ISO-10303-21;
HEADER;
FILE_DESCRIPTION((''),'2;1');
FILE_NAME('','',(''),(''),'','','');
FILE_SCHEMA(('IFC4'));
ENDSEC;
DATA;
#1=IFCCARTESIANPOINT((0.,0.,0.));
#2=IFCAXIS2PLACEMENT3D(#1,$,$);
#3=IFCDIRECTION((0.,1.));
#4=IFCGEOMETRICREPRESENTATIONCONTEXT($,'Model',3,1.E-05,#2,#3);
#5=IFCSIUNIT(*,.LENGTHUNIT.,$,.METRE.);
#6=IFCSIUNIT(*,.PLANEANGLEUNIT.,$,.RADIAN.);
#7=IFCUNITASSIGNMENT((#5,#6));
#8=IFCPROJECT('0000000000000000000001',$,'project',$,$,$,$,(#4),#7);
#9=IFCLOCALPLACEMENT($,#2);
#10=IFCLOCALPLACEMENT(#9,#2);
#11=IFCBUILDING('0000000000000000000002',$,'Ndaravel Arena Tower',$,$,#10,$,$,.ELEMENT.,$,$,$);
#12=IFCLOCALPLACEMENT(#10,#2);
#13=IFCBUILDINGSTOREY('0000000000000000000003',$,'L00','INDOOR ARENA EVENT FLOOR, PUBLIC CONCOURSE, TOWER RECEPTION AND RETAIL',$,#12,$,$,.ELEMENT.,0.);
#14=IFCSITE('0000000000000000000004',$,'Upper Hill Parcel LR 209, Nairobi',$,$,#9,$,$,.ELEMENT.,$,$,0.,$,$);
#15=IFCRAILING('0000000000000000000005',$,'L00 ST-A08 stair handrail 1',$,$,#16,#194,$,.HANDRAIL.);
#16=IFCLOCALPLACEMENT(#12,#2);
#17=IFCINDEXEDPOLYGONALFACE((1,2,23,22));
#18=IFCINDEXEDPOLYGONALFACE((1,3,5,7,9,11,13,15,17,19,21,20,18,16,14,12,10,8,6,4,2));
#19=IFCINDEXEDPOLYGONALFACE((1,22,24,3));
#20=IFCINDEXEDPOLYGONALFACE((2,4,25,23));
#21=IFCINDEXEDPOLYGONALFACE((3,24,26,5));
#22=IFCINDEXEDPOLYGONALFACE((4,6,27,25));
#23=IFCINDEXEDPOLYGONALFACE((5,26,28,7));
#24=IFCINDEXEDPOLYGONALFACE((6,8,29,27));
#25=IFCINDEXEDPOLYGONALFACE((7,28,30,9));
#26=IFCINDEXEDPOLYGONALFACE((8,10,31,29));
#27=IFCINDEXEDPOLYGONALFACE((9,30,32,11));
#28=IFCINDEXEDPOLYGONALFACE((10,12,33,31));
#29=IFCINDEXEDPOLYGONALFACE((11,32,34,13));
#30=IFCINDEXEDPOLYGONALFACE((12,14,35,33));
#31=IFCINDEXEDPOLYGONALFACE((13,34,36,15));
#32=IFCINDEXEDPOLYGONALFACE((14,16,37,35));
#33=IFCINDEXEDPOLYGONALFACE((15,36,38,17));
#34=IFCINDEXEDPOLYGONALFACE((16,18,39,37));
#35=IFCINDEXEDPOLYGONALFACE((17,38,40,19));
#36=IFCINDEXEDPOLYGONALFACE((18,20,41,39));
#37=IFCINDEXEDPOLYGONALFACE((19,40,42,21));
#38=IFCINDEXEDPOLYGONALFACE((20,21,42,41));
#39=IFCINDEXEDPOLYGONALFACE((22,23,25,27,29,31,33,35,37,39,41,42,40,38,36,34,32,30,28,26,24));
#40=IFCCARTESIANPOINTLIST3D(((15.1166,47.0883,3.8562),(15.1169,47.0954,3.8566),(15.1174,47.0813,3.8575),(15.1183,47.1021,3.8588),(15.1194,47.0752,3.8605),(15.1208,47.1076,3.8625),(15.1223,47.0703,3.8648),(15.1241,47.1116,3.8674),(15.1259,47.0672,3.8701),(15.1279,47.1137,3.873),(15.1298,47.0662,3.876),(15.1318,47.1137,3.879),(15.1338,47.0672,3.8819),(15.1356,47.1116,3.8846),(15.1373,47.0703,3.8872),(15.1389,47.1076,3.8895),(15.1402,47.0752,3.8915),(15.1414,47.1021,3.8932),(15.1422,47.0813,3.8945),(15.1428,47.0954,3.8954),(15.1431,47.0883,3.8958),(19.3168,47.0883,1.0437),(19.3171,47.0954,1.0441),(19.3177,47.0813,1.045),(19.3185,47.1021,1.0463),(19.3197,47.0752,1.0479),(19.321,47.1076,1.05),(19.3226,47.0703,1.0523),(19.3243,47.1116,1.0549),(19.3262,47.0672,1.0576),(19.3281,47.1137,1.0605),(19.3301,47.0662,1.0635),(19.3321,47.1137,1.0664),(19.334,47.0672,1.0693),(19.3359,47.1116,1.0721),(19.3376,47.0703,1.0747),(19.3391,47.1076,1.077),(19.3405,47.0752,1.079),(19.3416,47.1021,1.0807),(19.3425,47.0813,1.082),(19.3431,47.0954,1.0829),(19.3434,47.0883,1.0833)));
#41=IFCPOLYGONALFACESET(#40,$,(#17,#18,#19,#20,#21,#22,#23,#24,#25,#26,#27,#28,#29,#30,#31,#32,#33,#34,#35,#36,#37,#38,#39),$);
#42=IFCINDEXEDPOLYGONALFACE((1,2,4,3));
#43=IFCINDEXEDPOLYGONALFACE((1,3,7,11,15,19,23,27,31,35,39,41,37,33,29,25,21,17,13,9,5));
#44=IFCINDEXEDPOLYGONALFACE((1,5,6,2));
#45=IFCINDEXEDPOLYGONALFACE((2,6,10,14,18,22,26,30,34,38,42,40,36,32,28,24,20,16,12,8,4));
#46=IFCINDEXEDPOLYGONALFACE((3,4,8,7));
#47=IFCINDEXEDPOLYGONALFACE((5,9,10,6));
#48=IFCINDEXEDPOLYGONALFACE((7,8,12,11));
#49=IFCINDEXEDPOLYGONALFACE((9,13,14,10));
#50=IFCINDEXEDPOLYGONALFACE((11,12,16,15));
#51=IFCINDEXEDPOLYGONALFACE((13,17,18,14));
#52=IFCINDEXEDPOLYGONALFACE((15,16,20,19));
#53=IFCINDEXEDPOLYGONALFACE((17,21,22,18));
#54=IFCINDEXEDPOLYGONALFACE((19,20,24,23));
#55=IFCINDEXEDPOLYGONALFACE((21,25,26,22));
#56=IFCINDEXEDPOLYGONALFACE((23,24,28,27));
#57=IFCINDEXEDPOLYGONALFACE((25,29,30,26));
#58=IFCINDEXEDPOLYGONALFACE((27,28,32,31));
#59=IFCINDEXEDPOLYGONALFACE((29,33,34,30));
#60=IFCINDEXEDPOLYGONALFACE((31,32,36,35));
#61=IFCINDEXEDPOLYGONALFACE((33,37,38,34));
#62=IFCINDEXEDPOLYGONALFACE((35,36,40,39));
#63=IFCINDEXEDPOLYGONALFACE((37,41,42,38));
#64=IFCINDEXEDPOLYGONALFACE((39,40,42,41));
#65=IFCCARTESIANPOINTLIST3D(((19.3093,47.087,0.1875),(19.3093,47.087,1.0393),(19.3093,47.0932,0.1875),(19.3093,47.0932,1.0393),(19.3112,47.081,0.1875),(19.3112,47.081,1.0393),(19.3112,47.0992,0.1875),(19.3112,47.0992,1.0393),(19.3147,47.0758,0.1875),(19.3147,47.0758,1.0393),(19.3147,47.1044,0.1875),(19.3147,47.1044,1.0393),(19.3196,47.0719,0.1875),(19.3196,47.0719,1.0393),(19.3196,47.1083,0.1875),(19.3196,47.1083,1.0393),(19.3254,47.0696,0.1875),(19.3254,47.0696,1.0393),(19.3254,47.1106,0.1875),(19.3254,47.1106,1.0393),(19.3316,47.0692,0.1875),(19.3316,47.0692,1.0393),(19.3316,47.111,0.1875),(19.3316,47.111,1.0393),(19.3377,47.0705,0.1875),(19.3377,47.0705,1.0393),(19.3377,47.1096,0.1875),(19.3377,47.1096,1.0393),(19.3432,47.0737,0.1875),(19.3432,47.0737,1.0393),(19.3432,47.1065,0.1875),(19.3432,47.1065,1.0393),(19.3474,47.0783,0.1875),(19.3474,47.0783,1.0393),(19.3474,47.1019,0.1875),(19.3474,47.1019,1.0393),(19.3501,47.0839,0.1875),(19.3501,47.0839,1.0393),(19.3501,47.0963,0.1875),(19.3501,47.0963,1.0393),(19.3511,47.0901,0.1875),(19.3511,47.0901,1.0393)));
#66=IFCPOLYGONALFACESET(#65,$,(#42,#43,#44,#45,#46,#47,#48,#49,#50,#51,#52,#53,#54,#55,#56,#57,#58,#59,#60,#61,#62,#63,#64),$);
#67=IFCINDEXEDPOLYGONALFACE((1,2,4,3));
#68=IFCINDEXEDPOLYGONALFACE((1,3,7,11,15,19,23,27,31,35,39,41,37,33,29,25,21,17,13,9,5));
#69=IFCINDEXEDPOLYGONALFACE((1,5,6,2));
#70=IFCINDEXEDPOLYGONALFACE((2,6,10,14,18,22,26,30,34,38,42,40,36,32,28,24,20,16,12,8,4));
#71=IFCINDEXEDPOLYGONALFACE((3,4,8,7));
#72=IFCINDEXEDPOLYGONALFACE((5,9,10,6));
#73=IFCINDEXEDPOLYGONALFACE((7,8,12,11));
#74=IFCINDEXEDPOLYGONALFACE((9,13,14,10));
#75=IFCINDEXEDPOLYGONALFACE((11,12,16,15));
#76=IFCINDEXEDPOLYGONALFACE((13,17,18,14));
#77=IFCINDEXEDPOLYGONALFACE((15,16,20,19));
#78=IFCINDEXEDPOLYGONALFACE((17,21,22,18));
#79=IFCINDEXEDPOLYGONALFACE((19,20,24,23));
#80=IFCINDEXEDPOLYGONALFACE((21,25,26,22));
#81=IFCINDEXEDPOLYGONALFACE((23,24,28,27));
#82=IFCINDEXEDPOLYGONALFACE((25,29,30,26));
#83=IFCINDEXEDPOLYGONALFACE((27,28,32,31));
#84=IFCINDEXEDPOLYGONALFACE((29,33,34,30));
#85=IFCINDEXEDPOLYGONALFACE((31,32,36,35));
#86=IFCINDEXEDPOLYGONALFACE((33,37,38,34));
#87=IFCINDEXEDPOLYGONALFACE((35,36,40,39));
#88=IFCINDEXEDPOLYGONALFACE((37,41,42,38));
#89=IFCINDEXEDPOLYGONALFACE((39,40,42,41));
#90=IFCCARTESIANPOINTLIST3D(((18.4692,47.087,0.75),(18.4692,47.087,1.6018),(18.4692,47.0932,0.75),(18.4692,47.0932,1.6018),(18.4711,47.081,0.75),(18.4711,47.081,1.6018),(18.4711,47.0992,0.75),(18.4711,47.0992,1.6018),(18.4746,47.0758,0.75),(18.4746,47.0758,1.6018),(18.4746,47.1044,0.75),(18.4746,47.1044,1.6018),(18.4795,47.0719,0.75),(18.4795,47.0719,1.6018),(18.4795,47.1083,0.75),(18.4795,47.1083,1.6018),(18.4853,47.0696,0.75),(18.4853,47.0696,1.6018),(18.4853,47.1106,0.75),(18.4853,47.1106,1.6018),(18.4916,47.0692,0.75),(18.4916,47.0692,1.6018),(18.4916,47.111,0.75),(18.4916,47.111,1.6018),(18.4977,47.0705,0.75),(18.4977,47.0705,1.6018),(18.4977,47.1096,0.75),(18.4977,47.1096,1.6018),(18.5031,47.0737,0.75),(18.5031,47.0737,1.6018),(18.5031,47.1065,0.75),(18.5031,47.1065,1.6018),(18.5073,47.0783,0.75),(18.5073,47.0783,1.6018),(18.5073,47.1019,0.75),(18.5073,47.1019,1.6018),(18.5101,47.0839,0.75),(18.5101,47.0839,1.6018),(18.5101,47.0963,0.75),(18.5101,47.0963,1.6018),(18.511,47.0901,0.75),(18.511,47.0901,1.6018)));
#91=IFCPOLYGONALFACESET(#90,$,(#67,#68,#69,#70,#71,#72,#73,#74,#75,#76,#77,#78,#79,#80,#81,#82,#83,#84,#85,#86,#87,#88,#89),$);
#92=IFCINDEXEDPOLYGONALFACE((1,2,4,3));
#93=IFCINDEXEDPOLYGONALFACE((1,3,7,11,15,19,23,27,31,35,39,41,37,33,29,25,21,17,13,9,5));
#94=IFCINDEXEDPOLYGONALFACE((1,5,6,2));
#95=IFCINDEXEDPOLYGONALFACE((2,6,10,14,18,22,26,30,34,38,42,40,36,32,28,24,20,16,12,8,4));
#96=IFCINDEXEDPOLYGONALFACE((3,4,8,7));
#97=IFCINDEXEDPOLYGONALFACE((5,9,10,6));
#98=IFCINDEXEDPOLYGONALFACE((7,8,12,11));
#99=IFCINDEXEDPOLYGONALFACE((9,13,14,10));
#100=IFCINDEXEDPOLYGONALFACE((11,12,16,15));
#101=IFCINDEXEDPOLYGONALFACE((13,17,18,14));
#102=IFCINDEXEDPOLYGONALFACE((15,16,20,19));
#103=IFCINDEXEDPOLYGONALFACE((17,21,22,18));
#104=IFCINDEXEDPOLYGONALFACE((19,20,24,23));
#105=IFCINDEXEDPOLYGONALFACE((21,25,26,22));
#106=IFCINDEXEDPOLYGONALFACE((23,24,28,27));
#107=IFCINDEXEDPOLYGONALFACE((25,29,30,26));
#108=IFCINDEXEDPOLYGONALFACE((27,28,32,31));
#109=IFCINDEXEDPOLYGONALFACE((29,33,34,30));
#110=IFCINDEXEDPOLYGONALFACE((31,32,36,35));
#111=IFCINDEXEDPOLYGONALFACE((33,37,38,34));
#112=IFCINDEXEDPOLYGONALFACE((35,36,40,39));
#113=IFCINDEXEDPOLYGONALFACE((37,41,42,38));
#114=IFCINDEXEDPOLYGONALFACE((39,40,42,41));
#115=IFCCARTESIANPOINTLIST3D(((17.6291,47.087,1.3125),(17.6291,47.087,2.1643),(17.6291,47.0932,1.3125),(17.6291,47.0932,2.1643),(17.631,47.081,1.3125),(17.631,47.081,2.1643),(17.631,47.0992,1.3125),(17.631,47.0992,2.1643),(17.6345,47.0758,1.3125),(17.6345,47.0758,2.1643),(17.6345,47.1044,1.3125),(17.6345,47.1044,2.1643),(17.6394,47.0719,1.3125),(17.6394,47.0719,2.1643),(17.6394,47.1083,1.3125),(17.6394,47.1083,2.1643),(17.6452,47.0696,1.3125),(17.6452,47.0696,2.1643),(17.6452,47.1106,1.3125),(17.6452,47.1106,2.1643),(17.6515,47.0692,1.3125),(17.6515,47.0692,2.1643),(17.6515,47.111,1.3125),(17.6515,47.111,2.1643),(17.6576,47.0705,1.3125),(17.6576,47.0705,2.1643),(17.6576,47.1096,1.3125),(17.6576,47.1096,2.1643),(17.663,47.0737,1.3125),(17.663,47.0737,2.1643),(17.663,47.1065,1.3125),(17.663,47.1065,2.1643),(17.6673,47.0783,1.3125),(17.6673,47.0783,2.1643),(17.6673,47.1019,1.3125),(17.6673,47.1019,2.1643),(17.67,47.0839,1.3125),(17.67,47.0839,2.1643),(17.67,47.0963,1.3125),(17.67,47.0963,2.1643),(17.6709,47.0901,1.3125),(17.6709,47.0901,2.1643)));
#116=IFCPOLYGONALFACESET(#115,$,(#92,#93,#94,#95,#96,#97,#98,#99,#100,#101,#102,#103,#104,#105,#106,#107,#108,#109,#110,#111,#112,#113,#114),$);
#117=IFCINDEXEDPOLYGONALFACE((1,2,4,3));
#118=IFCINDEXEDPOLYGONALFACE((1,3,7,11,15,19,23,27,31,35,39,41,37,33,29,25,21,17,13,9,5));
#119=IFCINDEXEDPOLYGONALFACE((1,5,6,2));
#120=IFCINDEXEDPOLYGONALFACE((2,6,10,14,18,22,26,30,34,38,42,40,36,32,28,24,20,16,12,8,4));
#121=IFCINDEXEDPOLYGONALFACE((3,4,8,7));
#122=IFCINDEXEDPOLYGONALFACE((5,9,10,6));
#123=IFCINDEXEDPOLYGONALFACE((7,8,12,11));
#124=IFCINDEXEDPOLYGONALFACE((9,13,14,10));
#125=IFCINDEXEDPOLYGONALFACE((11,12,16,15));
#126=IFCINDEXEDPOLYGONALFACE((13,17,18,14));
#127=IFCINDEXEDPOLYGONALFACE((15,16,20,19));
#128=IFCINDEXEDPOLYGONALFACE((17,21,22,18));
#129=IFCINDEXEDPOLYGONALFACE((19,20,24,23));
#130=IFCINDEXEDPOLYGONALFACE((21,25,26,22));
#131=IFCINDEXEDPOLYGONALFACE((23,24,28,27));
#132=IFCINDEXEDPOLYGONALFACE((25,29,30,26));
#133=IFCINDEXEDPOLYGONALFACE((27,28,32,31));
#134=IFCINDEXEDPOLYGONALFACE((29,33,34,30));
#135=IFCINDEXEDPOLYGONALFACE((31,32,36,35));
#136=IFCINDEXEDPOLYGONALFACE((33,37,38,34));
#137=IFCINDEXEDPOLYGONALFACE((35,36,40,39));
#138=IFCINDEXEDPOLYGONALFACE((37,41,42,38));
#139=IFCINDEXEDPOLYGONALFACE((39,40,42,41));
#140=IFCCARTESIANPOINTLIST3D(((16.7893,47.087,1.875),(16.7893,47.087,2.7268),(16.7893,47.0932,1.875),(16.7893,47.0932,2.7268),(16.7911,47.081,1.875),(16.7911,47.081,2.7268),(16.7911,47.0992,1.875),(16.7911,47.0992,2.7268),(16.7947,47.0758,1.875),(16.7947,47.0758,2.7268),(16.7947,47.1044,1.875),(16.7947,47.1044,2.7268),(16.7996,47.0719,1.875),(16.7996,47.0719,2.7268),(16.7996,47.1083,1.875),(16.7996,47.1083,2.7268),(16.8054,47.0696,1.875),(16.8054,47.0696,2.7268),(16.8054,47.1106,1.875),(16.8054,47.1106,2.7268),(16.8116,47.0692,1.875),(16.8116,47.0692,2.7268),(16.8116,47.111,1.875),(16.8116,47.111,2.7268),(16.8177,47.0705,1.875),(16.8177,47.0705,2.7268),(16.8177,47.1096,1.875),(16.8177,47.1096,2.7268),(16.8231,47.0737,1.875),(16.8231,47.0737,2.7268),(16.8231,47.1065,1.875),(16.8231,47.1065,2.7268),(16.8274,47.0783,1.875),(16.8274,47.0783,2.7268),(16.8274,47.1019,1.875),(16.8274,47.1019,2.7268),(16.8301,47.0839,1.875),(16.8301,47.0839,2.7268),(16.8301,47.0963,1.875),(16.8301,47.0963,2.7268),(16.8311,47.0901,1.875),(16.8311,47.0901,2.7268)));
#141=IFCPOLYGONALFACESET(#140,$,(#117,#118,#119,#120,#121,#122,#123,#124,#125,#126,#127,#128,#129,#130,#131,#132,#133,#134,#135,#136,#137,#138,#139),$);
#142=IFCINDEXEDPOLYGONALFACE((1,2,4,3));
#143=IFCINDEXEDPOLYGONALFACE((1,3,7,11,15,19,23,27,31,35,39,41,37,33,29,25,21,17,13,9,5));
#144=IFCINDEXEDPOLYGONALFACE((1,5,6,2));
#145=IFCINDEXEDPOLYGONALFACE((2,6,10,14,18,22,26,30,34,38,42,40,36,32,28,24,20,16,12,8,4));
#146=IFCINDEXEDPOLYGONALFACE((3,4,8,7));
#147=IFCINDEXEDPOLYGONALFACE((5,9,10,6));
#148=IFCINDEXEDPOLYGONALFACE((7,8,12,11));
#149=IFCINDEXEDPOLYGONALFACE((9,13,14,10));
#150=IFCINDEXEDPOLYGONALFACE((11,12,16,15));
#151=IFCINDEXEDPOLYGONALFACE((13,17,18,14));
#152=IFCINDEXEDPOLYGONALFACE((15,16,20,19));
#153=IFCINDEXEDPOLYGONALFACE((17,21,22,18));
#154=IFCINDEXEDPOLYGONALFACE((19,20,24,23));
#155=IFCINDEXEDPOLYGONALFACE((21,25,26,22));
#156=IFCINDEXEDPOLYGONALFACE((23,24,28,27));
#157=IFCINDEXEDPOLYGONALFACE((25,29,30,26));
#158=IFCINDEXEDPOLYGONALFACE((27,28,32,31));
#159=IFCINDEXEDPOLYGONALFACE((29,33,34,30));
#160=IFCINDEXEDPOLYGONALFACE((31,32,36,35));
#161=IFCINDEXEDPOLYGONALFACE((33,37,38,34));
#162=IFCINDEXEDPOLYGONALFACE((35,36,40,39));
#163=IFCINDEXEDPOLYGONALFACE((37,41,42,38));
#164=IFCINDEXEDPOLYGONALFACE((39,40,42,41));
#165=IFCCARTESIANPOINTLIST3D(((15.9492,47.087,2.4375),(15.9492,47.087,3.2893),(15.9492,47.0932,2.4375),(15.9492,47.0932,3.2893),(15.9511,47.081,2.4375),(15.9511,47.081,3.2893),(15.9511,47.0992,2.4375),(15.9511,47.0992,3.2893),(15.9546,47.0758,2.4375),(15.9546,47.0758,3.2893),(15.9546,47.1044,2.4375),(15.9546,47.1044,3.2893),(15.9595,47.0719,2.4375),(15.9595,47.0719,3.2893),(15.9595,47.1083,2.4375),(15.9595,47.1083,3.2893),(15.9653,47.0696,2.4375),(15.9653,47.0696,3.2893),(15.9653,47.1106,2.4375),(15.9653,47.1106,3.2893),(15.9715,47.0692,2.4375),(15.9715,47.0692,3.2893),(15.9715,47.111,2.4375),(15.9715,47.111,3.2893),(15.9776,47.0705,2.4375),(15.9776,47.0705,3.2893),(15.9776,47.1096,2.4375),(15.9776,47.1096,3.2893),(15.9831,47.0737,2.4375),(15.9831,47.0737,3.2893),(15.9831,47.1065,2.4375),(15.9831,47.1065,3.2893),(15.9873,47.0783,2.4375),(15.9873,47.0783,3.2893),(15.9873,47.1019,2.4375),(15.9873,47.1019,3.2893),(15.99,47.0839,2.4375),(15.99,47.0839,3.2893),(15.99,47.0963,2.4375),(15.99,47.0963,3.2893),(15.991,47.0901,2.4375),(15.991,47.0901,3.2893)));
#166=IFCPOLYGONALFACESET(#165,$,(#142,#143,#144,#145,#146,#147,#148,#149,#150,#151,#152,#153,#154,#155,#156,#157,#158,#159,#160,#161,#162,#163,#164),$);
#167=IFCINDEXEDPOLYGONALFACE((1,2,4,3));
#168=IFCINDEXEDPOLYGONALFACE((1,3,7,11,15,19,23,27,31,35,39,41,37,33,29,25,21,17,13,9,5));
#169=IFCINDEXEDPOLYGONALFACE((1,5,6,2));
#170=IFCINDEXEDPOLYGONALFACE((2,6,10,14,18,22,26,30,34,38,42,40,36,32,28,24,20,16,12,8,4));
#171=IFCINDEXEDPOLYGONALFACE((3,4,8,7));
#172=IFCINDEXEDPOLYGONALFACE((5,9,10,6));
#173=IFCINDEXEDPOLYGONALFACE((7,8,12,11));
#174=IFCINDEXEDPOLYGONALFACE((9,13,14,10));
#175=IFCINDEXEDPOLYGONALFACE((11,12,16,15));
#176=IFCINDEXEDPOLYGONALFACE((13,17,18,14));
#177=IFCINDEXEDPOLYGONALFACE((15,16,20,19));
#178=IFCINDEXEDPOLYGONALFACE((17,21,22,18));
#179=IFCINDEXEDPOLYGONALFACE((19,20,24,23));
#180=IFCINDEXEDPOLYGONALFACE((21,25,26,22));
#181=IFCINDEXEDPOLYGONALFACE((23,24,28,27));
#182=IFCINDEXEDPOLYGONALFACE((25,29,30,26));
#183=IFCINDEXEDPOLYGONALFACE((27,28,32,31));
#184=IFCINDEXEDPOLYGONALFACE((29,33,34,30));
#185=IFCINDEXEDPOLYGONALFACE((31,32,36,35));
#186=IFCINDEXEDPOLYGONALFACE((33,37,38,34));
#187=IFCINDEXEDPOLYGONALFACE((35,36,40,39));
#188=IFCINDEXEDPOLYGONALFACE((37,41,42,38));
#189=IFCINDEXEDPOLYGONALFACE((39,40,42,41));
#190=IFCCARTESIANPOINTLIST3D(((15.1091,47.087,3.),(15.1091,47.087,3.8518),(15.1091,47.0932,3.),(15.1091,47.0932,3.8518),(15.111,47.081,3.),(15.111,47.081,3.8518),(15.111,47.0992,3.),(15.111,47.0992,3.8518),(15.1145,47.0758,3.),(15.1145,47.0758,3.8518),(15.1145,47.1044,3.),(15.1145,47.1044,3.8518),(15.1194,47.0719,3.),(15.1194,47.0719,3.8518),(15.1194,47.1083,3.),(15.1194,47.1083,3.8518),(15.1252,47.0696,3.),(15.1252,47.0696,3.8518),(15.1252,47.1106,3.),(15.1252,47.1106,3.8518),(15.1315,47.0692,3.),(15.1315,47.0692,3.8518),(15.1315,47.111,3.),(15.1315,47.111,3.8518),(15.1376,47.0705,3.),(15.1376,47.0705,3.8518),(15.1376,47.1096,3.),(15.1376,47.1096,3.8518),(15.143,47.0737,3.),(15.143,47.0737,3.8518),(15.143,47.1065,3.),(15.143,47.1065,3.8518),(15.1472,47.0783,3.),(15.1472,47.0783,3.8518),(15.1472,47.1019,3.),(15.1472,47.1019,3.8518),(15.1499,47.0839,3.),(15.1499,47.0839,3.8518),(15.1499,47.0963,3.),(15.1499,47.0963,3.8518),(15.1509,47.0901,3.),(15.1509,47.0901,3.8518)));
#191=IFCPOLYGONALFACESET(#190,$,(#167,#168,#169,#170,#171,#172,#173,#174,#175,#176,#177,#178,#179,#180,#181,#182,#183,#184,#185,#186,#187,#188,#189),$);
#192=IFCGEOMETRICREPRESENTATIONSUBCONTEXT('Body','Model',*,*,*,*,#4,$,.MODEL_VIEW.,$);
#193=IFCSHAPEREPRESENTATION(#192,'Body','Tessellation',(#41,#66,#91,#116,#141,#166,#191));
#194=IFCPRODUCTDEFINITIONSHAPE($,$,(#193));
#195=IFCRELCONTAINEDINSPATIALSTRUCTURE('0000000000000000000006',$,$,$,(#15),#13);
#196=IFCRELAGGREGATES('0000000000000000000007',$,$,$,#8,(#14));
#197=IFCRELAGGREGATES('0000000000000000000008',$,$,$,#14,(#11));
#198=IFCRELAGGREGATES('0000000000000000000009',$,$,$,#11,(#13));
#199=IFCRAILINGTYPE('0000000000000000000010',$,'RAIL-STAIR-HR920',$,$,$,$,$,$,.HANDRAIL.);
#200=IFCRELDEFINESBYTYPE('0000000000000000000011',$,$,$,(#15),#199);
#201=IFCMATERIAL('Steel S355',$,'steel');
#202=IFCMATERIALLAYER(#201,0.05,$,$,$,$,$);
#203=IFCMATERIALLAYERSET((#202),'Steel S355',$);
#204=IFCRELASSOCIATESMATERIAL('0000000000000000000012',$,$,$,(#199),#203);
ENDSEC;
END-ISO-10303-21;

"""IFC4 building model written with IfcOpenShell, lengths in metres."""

from ifc_helpers import new_model, si_unit, direction, frame, origin, origin_2d, place, context, subcontext, project, spatial, circle, extrude, material, layer, layer_set, type_object, element, save


model = new_model("IFC4")

# Units and contexts
model_context = context("Model", 3, precision=1e-05, world=origin(), true_north=direction((0.0, 1.0)))
body_context = subcontext(model_context, "Body", "Model", "MODEL_VIEW")
ifc_project = project(units=[si_unit("LENGTHUNIT", "METRE"), si_unit("PLANEANGLEUNIT", "RADIAN")], contexts=[model_context])

# Site, building, storey
site_placement = place(None, origin())
site = spatial("IfcSite", under=ifc_project, at=site_placement, Name="Upper Hill Parcel LR 209, Nairobi", CompositionType="ELEMENT", RefElevation=0.0)
building_placement = place(site_placement, origin())
building = spatial("IfcBuilding", under=site, at=building_placement, Name="Ndaravel Arena Tower", CompositionType="ELEMENT")
storey_placement = place(building_placement, origin())
storey = spatial("IfcBuildingStorey", under=building, at=storey_placement, Name="L00", Description="INDOOR ARENA EVENT FLOOR, PUBLIC CONCOURSE, TOWER RECEPTION AND RETAIL", CompositionType="ELEMENT", Elevation=0.0)

# Railing
ifc_material_1 = material(Name="Steel S355", Category="steel")
ifc_layer_1 = layer(ifc_material_1, 0.05)
ifc_layer_set_1 = layer_set([ifc_layer_1], Name="Steel S355")
railing_type_1 = type_object("IfcRailingType", Name="RAIL-STAIR-HR920", PredefinedType="HANDRAIL", material=ifc_layer_set_1)
railing_1_placement = place(storey_placement, frame((19.3301, 47.0901, 0.1875)))
element("IfcRailing", 1, at=railing_1_placement, inside=storey, type_object=railing_type_1, Name="L00 ST-A08 stair handrail 1", PredefinedType="HANDRAIL", context=body_context, shape_type="SweptSolid", body=[
    extrude(circle(Radius=0.0239, at=origin_2d()), frame((0.0, 0.0, 0.876), z_axis=(-0.830919, 0.0, 0.556393), x_axis=(0.0, -1.0, 0.0)), (0.0, 0.0, 1.0), 5.0549),
    extrude(circle(Radius=0.021, at=origin_2d()), origin(), (0.0, 0.0, 1.0), 0.8518),
    extrude(circle(Radius=0.021, at=origin_2d()), frame((-0.8401, 0.0, 0.5625)), (0.0, 0.0, 1.0), 0.8518),
    extrude(circle(Radius=0.021, at=origin_2d()), frame((-1.6802, 0.0, 1.125)), (0.0, 0.0, 1.0), 0.8518),
    extrude(circle(Radius=0.021, at=origin_2d()), frame((-2.52, 0.0, 1.6875)), (0.0, 0.0, 1.0), 0.8518),
    extrude(circle(Radius=0.021, at=origin_2d()), frame((-3.3601, 0.0, 2.25)), (0.0, 0.0, 1.0), 0.8518),
    extrude(circle(Radius=0.021, at=origin_2d()), frame((-4.2002, 0.0, 2.8125)), (0.0, 0.0, 1.0), 0.8518),
])

save(model, "model.ifc")
